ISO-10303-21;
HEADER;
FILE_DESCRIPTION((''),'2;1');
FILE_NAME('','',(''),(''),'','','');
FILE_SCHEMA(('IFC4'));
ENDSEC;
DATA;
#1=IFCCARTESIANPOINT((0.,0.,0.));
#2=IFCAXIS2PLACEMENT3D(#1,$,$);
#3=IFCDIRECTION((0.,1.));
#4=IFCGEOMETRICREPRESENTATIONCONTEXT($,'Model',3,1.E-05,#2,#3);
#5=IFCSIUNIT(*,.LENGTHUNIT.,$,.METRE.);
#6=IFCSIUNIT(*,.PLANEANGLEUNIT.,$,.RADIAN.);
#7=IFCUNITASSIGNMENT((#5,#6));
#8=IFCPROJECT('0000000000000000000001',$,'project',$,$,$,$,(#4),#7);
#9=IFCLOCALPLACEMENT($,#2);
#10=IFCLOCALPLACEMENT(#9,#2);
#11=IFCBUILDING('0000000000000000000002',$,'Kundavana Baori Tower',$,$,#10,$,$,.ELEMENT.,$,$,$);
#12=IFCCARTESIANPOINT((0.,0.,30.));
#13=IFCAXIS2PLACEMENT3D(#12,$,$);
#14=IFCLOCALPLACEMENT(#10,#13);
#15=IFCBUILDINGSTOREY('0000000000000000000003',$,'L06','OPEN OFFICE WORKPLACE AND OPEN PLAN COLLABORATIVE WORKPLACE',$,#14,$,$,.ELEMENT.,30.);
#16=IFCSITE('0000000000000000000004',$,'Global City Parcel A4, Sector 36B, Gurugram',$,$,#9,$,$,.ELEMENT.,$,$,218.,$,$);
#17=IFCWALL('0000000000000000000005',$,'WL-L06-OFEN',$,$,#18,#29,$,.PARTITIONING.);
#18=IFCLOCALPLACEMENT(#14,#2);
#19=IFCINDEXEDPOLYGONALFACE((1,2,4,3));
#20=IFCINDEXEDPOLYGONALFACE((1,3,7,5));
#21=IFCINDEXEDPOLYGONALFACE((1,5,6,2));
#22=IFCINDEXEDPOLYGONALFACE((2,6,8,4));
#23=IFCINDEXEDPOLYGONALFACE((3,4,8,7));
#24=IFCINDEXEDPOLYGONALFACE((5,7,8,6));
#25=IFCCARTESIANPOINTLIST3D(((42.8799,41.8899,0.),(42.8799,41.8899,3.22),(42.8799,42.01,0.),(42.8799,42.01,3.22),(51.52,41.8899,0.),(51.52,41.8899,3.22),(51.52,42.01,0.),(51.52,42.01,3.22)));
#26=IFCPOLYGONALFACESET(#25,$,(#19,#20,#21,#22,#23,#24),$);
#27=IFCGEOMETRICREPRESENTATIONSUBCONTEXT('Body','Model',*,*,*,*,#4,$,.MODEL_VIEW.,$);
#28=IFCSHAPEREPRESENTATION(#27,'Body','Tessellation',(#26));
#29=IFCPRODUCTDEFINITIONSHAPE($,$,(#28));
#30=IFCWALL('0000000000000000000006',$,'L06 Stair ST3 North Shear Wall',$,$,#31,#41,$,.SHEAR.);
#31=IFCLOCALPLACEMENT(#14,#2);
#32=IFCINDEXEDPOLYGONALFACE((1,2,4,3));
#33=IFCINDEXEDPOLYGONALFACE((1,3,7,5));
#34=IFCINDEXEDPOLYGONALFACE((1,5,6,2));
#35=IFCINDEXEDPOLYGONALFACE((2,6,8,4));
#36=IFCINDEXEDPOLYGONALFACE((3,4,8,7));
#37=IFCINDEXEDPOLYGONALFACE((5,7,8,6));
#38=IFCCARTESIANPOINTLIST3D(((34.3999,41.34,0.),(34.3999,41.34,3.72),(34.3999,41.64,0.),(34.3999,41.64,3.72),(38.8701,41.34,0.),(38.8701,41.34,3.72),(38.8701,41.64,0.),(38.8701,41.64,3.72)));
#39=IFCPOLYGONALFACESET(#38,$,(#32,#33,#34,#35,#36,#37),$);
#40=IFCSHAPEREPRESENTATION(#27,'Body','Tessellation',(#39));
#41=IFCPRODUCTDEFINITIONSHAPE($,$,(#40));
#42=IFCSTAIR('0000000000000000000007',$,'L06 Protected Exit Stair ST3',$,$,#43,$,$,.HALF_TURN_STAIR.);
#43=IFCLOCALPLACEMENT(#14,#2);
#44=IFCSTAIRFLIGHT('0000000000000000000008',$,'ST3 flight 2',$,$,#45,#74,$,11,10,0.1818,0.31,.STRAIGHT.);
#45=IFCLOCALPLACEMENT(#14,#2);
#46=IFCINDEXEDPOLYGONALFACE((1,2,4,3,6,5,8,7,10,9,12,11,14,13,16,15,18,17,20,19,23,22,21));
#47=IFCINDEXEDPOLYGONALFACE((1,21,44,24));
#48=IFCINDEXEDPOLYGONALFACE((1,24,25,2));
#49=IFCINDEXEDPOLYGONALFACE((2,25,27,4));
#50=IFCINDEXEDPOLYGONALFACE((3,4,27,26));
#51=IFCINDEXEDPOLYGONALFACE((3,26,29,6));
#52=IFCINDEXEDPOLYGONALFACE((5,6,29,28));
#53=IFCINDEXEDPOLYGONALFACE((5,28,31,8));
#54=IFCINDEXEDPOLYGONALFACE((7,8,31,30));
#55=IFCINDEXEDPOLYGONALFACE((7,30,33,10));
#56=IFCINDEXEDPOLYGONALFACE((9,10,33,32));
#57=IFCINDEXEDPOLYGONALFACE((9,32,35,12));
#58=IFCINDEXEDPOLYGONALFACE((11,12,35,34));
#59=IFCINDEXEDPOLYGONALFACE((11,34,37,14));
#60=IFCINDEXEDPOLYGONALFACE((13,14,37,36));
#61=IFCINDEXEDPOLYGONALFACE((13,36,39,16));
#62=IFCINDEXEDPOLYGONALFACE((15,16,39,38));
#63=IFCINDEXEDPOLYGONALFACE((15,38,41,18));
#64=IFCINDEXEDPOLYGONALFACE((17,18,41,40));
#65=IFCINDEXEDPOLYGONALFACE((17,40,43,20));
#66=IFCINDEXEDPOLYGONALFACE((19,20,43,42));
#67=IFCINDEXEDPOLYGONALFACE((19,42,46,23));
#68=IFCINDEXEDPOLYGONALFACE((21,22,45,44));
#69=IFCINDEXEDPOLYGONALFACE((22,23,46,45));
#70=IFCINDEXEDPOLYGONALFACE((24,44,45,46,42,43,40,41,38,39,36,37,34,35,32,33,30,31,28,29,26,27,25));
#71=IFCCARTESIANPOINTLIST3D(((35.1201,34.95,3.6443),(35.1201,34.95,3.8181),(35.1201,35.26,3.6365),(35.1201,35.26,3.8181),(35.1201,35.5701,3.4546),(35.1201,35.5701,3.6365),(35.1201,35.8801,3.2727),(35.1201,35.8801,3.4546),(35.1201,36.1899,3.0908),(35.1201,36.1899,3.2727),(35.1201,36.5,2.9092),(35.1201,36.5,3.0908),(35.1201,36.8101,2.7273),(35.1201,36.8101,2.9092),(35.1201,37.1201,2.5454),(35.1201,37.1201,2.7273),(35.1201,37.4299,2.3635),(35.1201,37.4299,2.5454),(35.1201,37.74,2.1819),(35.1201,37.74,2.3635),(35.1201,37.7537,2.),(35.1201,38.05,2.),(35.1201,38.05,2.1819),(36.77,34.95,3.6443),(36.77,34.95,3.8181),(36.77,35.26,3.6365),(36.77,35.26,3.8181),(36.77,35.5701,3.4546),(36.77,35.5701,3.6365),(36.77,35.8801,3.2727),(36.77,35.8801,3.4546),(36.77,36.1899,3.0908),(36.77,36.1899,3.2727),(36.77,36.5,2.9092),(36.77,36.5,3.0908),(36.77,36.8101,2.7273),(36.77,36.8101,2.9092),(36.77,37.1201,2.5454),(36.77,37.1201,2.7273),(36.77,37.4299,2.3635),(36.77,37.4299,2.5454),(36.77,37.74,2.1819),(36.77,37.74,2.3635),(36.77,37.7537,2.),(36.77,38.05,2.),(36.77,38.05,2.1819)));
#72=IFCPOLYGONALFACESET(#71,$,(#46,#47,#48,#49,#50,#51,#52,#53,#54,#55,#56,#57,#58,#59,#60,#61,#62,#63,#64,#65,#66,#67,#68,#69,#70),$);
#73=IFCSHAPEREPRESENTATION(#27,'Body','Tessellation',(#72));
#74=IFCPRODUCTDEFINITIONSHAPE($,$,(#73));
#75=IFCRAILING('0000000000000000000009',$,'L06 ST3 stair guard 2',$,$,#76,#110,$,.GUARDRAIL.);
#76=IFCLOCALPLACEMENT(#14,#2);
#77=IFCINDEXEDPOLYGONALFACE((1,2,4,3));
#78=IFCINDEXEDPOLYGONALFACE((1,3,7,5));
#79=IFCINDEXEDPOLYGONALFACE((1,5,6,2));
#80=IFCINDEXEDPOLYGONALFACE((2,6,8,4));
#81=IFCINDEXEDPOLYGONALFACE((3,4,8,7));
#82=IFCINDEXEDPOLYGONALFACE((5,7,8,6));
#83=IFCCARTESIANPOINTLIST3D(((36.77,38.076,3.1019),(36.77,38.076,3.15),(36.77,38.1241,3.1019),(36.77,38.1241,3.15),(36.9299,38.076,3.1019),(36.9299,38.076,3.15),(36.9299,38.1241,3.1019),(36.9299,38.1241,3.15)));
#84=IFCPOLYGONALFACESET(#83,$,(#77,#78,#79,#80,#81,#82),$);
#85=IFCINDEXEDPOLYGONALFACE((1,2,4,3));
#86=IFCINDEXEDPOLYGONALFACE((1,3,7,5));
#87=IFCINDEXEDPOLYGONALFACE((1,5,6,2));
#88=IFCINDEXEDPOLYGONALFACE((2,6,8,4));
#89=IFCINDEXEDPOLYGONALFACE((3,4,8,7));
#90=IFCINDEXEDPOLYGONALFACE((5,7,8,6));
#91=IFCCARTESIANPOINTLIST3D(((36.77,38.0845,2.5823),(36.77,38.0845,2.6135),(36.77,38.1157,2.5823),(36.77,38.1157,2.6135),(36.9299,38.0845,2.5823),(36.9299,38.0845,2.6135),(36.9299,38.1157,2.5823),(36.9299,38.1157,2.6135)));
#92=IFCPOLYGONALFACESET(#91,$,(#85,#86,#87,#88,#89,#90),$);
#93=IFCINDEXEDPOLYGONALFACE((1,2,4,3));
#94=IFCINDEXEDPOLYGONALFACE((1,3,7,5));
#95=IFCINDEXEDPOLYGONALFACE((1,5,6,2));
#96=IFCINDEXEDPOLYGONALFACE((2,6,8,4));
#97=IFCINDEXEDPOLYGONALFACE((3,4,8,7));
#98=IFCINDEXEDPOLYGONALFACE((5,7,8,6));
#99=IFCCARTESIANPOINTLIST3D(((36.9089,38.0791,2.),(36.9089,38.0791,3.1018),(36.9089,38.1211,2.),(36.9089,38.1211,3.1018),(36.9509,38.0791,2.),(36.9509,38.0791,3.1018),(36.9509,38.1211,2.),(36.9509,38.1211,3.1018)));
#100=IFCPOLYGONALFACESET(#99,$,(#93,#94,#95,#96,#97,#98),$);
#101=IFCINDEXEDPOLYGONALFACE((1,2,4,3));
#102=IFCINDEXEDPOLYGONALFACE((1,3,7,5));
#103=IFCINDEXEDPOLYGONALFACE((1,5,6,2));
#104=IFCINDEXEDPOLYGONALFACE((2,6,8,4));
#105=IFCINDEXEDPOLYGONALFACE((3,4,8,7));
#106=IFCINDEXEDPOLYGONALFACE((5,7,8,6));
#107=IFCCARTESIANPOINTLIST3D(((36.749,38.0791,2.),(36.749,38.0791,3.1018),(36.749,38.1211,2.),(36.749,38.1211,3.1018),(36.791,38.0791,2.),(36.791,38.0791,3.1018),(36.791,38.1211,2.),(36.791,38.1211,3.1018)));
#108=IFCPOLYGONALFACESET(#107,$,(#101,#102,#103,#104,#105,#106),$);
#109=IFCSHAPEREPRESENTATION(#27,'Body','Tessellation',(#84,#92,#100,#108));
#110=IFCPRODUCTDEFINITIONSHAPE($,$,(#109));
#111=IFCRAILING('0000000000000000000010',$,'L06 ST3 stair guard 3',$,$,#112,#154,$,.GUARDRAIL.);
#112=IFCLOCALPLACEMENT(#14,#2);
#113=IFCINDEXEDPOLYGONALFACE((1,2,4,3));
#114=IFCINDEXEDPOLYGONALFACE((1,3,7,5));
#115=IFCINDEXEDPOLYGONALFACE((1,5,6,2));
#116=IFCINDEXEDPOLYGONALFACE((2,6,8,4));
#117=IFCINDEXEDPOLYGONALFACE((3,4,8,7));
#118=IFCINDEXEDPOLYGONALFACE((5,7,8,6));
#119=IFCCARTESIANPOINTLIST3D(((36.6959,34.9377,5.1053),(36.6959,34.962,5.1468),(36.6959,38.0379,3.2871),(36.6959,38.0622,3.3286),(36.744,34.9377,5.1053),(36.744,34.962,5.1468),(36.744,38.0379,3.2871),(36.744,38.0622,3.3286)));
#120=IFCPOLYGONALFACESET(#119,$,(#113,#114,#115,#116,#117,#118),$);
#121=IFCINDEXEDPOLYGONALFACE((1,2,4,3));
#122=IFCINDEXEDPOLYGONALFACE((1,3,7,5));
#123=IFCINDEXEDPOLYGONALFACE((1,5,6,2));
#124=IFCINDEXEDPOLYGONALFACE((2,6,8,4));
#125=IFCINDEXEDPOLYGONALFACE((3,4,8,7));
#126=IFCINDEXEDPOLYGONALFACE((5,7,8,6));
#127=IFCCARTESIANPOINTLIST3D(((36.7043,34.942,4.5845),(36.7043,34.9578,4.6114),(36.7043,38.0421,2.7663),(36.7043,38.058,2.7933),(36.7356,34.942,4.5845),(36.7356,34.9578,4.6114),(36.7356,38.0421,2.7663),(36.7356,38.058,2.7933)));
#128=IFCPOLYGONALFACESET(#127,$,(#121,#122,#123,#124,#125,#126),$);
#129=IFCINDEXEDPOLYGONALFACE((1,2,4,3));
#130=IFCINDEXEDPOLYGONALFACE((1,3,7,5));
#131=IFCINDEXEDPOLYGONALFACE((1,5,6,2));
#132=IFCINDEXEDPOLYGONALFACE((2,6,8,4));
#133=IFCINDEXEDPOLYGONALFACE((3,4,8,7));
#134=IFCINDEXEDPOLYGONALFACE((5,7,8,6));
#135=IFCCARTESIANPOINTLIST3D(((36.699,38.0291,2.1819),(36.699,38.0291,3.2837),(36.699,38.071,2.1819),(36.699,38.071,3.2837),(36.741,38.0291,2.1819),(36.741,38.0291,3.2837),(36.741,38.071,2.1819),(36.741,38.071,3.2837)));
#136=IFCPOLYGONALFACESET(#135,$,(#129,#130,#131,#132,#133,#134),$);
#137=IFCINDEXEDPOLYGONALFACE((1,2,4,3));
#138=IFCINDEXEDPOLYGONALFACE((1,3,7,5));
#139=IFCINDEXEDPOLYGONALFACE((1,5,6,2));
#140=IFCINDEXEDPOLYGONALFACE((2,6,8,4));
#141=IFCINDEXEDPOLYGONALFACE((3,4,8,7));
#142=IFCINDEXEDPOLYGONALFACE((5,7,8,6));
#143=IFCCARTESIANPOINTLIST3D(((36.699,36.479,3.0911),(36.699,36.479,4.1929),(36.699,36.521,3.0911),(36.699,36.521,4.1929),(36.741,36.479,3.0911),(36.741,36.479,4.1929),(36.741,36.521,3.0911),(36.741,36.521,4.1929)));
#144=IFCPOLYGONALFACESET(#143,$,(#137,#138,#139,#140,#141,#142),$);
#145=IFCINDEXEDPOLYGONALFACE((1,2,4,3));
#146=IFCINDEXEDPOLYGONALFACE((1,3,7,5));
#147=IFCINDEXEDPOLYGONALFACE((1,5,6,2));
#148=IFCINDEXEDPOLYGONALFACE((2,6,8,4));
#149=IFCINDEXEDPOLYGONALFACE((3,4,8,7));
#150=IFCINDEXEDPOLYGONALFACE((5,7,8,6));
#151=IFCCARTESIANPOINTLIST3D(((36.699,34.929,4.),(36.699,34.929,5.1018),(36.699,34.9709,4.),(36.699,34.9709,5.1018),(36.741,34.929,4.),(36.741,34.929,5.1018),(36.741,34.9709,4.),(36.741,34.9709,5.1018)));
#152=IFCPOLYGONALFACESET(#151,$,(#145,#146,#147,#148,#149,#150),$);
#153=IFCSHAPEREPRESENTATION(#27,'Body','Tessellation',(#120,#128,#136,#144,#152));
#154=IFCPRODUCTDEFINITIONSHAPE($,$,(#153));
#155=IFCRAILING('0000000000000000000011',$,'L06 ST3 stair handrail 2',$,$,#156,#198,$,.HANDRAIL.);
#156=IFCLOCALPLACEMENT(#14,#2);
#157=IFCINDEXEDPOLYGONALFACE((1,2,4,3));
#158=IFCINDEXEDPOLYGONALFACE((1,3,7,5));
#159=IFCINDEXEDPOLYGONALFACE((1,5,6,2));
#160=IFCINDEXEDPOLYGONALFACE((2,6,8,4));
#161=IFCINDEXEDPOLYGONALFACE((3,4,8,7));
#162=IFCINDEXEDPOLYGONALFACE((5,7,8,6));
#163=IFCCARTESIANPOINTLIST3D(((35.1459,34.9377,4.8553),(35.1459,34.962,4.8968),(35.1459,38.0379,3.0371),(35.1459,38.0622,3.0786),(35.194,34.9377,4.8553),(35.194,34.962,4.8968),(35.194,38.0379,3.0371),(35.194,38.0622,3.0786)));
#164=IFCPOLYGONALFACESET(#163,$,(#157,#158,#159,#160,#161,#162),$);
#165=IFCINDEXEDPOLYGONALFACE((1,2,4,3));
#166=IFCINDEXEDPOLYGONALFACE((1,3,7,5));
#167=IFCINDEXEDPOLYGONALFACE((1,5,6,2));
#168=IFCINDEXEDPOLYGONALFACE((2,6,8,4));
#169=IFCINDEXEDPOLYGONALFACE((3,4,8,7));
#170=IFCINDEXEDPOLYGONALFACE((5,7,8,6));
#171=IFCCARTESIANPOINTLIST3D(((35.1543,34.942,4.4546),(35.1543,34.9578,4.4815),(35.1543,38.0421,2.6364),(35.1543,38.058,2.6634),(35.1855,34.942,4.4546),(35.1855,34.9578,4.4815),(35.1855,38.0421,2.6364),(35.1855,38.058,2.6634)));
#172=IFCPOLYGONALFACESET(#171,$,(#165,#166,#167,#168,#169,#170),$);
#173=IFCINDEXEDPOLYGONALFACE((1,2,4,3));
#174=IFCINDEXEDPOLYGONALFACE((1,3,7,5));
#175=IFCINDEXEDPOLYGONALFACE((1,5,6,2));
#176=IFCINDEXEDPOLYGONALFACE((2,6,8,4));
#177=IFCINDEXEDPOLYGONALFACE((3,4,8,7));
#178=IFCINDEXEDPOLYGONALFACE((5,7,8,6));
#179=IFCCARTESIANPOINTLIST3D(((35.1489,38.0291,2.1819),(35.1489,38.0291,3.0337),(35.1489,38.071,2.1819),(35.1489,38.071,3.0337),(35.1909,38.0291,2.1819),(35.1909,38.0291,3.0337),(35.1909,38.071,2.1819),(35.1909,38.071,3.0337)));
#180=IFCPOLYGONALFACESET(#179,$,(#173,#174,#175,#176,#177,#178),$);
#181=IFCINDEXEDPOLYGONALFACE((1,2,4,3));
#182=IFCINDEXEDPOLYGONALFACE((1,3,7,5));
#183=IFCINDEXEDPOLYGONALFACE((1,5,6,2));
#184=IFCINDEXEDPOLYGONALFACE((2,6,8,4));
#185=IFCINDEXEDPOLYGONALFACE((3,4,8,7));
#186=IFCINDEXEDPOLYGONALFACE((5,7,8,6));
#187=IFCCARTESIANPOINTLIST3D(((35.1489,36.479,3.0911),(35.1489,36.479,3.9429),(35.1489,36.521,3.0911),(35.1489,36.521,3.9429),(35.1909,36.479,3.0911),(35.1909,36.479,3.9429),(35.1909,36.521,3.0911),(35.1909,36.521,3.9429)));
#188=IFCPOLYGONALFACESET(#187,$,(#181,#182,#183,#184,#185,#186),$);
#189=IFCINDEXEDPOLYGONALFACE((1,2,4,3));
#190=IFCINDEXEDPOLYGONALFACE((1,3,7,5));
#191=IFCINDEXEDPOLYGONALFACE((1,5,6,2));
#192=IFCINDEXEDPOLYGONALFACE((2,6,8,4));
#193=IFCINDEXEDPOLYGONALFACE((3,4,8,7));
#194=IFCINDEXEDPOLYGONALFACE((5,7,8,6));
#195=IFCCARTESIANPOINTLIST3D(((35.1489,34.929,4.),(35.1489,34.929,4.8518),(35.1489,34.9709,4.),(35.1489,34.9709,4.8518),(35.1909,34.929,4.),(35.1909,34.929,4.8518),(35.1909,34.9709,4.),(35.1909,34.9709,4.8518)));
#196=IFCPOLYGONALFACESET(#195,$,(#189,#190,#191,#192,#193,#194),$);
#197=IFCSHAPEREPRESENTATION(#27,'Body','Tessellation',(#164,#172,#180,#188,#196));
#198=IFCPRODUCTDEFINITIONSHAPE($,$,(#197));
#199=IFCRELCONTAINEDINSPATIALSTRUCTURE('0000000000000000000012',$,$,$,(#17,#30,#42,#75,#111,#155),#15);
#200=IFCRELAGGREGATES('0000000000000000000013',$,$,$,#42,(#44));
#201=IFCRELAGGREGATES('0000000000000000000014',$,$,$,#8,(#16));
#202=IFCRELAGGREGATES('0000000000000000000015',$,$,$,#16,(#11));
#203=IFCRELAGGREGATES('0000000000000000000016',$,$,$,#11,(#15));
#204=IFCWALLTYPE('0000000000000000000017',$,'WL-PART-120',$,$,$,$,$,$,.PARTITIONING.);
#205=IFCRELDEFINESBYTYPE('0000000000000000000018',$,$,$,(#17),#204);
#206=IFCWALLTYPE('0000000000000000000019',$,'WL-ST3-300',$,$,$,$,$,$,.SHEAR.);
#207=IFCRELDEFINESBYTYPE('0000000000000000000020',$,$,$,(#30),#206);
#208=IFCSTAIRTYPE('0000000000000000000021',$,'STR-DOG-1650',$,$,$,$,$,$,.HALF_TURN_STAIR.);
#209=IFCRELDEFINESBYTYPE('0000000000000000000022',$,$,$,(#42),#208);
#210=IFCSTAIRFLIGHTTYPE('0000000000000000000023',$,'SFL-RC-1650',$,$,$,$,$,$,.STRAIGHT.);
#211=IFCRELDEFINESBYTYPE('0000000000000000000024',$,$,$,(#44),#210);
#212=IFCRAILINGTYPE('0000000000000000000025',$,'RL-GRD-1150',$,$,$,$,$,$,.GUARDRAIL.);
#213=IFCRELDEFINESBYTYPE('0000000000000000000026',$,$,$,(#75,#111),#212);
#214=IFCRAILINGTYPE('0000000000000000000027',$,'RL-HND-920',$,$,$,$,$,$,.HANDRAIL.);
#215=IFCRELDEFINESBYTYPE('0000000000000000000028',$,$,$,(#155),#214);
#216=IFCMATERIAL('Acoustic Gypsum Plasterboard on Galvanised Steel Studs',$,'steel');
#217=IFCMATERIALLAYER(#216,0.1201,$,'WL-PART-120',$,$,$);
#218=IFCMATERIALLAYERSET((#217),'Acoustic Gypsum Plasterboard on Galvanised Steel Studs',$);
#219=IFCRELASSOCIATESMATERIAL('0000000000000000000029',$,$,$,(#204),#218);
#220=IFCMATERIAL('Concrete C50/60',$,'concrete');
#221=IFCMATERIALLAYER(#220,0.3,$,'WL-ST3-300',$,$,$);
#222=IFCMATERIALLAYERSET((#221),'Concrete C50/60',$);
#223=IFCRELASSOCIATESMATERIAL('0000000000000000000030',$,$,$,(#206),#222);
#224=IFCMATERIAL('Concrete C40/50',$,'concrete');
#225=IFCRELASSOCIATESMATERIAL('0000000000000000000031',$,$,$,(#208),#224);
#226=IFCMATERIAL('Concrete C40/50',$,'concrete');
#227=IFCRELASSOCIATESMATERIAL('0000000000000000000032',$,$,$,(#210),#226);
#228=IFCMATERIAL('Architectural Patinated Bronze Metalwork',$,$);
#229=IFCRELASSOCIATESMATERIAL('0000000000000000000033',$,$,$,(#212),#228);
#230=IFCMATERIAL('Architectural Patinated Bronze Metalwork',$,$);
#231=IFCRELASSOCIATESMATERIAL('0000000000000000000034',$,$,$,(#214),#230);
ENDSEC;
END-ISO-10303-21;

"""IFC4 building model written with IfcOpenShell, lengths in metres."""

from ifc_helpers import new_model, si_unit, direction, frame, frame_2d, origin, origin_2d, place, context, subcontext, project, spatial, polyline, rectangle, outline, extrude, material, layer, layer_set, type_object, element, aggregate, save


model = new_model("IFC4")

# Units and contexts
model_context = context("Model", 3, precision=1e-05, world=origin(), true_north=direction((0.0, 1.0)))
body_context = subcontext(model_context, "Body", "Model", "MODEL_VIEW")
ifc_project = project(units=[si_unit("LENGTHUNIT", "METRE"), si_unit("PLANEANGLEUNIT", "RADIAN")], contexts=[model_context])

# Site, building, storey
site_placement = place(None, origin())
site = spatial("IfcSite", under=ifc_project, at=site_placement, Name="Global City Parcel A4, Sector 36B, Gurugram", CompositionType="ELEMENT", RefElevation=218.0)
building_placement = place(site_placement, origin())
building = spatial("IfcBuilding", under=site, at=building_placement, Name="Kundavana Baori Tower", CompositionType="ELEMENT")
storey_placement = place(building_placement, frame((0.0, 0.0, 30.0)))
storey = spatial("IfcBuildingStorey", under=building, at=storey_placement, Name="L06", Description="OPEN OFFICE WORKPLACE AND OPEN PLAN COLLABORATIVE WORKPLACE", CompositionType="ELEMENT", Elevation=30.0)

# Walls
ifc_material_1 = material(Name="Acoustic Gypsum Plasterboard on Galvanised Steel Studs", Category="steel")
ifc_layer_1 = layer(ifc_material_1, 0.1201, Name="WL-PART-120")
ifc_layer_set_1 = layer_set([ifc_layer_1], Name="Acoustic Gypsum Plasterboard on Galvanised Steel Studs")
wall_type_1 = type_object("IfcWallType", Name="WL-PART-120", PredefinedType="PARTITIONING", material=ifc_layer_set_1)
wall_1_placement = place(storey_placement, frame((42.8799, 41.95, 0.0), z_axis=(0.0, 0.0, 1.0), x_axis=(1.0, 0.0, 0.0)))
element("IfcWall", 1, at=wall_1_placement, inside=storey, type_object=wall_type_1, Name="WL-L06-OFEN", PredefinedType="PARTITIONING", context=body_context, shape_type="SweptSolid", body=[
    extrude(rectangle(XDim=8.6401, YDim=0.1201, at=frame_2d((4.3201, 0.0))), origin(), (0.0, 0.0, 1.0), 3.22),
])
ifc_material_2 = material(Name="Concrete C50/60", Category="concrete")
ifc_layer_2 = layer(ifc_material_2, 0.3, Name="WL-ST3-300")
ifc_layer_set_2 = layer_set([ifc_layer_2], Name="Concrete C50/60")
wall_type_2 = type_object("IfcWallType", Name="WL-ST3-300", PredefinedType="SHEAR", material=ifc_layer_set_2)
wall_2_placement = place(storey_placement, frame((34.3999, 41.49, 0.0), z_axis=(0.0, 0.0, 1.0), x_axis=(1.0, 0.0, 0.0)))
element("IfcWall", 2, at=wall_2_placement, inside=storey, type_object=wall_type_2, Name="L06 Stair ST3 North Shear Wall", PredefinedType="SHEAR", context=body_context, shape_type="SweptSolid", body=[
    extrude(rectangle(XDim=4.4702, YDim=0.3, at=frame_2d((2.2351, 0.0))), origin(), (0.0, 0.0, 1.0), 3.72),
])

# Stair, stair flight
ifc_material_3 = material(Name="Concrete C40/50", Category="concrete")
stair_type = type_object("IfcStairType", Name="STR-DOG-1650", PredefinedType="HALF_TURN_STAIR", material=ifc_material_3)
stair_placement = place(storey_placement, origin())
stair = element("IfcStair", 3, at=stair_placement, inside=storey, type_object=stair_type, Name="L06 Protected Exit Stair ST3", PredefinedType="HALF_TURN_STAIR")
ifc_material_4 = material(Name="Concrete C40/50", Category="concrete")
stair_flight_type = type_object("IfcStairFlightType", Name="SFL-RC-1650", PredefinedType="STRAIGHT", material=ifc_material_4)
stair_flight_placement = place(storey_placement, frame((35.9451, 38.05, 2.0), z_axis=(0.0, 0.0, 1.0), x_axis=(0.0, -1.0, 0.0)))
stair_flight = element("IfcStairFlight", 4, at=stair_flight_placement, type_object=stair_flight_type, Name="ST3 flight 2", NumberOfRisers=11, NumberOfTreads=10, PredefinedType="STRAIGHT", RiserHeight=0.1818, TreadLength=0.31, context=body_context, shape_type="SweptSolid", body=[
    extrude(outline(polyline([(0.0, 0.0), (0.0, 0.1819), (0.3101, 0.1819), (0.3101, 0.3635), (0.6201, 0.3635), (0.6201, 0.5454), (0.9299, 0.5454), (0.9299, 0.7273), (1.24, 0.7273), (1.24, 0.9092), (1.55, 0.9092), (1.55, 1.0908), (1.8601, 1.0908), (1.8601, 1.2727), (2.1699, 1.2727), (2.1699, 1.4546), (2.48, 1.4546), (2.48, 1.6365), (2.79, 1.6365), (2.79, 1.8181), (3.1001, 1.8181), (3.1001, 2.0), (3.1001, 1.6443), (0.2964, 0.0), (0.0, 0.0)])), frame((0.0, 0.825, 0.0), z_axis=(0.0, -1.0, 0.0), x_axis=(1.0, 0.0, 0.0)), (0.0, 0.0, 1.0), 1.6499),
])
aggregate(stair, [stair_flight])

# Railings
ifc_material_5 = material(Name="Architectural Patinated Bronze Metalwork")
railing_type_1 = type_object("IfcRailingType", Name="RL-GRD-1150", PredefinedType="GUARDRAIL", material=ifc_material_5)
railing_1_placement = place(storey_placement, frame((36.9299, 38.1001, 2.0)))
element("IfcRailing", 5, at=railing_1_placement, inside=storey, type_object=railing_type_1, Name="L06 ST3 stair guard 2", PredefinedType="GUARDRAIL", context=body_context, shape_type="SweptSolid", body=[
    extrude(rectangle(XDim=0.0481, YDim=0.0481, at=origin_2d()), frame((0.0, 0.0, 1.126), z_axis=(-1.0, 0.0, 0.0), x_axis=(0.0, -1.0, 0.0)), (0.0, 0.0, 1.0), 0.1599),
    extrude(rectangle(XDim=0.0312, YDim=0.0312, at=origin_2d()), frame((0.0, 0.0, 0.5979), z_axis=(-1.0, 0.0, 0.0), x_axis=(0.0, -1.0, 0.0)), (0.0, 0.0, 1.0), 0.1599),
    extrude(rectangle(XDim=0.042, YDim=0.042, at=origin_2d()), origin(), (0.0, 0.0, 1.0), 1.1018),
    extrude(rectangle(XDim=0.042, YDim=0.042, at=origin_2d()), frame((-0.1599, 0.0, 0.0)), (0.0, 0.0, 1.0), 1.1018),
])
railing_2_placement = place(storey_placement, frame((36.72, 38.05, 2.1819)))
element("IfcRailing", 6, at=railing_2_placement, inside=storey, type_object=railing_type_1, Name="L06 ST3 stair guard 3", PredefinedType="GUARDRAIL", context=body_context, shape_type="SweptSolid", body=[
    extrude(rectangle(XDim=0.0481, YDim=0.0481, at=origin_2d()), frame((0.0, 0.0, 1.126), z_axis=(0.0, -0.862599, 0.505889), x_axis=(1.0, 0.0, 0.0)), (0.0, 0.0, 1.0), 3.594),
    extrude(rectangle(XDim=0.0312, YDim=0.0312, at=origin_2d()), frame((0.0, 0.0, 0.5979), z_axis=(0.0, -0.862599, 0.505889), x_axis=(1.0, 0.0, 0.0)), (0.0, 0.0, 1.0), 3.594),
    extrude(rectangle(XDim=0.042, YDim=0.042, at=origin_2d()), origin(), (0.0, 0.0, 1.0), 1.1018),
    extrude(rectangle(XDim=0.042, YDim=0.042, at=origin_2d()), frame((0.0, -1.55, 0.9092)), (0.0, 0.0, 1.0), 1.1018),
    extrude(rectangle(XDim=0.042, YDim=0.042, at=origin_2d()), frame((0.0, -3.1001, 1.8181)), (0.0, 0.0, 1.0), 1.1018),
])
ifc_material_6 = material(Name="Architectural Patinated Bronze Metalwork")
railing_type_2 = type_object("IfcRailingType", Name="RL-HND-920", PredefinedType="HANDRAIL", material=ifc_material_6)
railing_3_placement = place(storey_placement, frame((35.1699, 38.05, 2.1819)))
element("IfcRailing", 7, at=railing_3_placement, inside=storey, type_object=railing_type_2, Name="L06 ST3 stair handrail 2", PredefinedType="HANDRAIL", context=body_context, shape_type="SweptSolid", body=[
    extrude(rectangle(XDim=0.0481, YDim=0.0481, at=origin_2d()), frame((0.0, 0.0, 0.876), z_axis=(0.0, -0.862599, 0.505889), x_axis=(1.0, 0.0, 0.0)), (0.0, 0.0, 1.0), 3.594),
    extrude(rectangle(XDim=0.0312, YDim=0.0312, at=origin_2d()), frame((0.0, 0.0, 0.468), z_axis=(0.0, -0.862599, 0.505889), x_axis=(1.0, 0.0, 0.0)), (0.0, 0.0, 1.0), 3.594),
    extrude(rectangle(XDim=0.042, YDim=0.042, at=origin_2d()), origin(), (0.0, 0.0, 1.0), 0.8518),
    extrude(rectangle(XDim=0.042, YDim=0.042, at=origin_2d()), frame((0.0, -1.55, 0.9092)), (0.0, 0.0, 1.0), 0.8518),
    extrude(rectangle(XDim=0.042, YDim=0.042, at=origin_2d()), frame((0.0, -3.1001, 1.8181)), (0.0, 0.0, 1.0), 0.8518),
])

save(model, "model.ifc")
